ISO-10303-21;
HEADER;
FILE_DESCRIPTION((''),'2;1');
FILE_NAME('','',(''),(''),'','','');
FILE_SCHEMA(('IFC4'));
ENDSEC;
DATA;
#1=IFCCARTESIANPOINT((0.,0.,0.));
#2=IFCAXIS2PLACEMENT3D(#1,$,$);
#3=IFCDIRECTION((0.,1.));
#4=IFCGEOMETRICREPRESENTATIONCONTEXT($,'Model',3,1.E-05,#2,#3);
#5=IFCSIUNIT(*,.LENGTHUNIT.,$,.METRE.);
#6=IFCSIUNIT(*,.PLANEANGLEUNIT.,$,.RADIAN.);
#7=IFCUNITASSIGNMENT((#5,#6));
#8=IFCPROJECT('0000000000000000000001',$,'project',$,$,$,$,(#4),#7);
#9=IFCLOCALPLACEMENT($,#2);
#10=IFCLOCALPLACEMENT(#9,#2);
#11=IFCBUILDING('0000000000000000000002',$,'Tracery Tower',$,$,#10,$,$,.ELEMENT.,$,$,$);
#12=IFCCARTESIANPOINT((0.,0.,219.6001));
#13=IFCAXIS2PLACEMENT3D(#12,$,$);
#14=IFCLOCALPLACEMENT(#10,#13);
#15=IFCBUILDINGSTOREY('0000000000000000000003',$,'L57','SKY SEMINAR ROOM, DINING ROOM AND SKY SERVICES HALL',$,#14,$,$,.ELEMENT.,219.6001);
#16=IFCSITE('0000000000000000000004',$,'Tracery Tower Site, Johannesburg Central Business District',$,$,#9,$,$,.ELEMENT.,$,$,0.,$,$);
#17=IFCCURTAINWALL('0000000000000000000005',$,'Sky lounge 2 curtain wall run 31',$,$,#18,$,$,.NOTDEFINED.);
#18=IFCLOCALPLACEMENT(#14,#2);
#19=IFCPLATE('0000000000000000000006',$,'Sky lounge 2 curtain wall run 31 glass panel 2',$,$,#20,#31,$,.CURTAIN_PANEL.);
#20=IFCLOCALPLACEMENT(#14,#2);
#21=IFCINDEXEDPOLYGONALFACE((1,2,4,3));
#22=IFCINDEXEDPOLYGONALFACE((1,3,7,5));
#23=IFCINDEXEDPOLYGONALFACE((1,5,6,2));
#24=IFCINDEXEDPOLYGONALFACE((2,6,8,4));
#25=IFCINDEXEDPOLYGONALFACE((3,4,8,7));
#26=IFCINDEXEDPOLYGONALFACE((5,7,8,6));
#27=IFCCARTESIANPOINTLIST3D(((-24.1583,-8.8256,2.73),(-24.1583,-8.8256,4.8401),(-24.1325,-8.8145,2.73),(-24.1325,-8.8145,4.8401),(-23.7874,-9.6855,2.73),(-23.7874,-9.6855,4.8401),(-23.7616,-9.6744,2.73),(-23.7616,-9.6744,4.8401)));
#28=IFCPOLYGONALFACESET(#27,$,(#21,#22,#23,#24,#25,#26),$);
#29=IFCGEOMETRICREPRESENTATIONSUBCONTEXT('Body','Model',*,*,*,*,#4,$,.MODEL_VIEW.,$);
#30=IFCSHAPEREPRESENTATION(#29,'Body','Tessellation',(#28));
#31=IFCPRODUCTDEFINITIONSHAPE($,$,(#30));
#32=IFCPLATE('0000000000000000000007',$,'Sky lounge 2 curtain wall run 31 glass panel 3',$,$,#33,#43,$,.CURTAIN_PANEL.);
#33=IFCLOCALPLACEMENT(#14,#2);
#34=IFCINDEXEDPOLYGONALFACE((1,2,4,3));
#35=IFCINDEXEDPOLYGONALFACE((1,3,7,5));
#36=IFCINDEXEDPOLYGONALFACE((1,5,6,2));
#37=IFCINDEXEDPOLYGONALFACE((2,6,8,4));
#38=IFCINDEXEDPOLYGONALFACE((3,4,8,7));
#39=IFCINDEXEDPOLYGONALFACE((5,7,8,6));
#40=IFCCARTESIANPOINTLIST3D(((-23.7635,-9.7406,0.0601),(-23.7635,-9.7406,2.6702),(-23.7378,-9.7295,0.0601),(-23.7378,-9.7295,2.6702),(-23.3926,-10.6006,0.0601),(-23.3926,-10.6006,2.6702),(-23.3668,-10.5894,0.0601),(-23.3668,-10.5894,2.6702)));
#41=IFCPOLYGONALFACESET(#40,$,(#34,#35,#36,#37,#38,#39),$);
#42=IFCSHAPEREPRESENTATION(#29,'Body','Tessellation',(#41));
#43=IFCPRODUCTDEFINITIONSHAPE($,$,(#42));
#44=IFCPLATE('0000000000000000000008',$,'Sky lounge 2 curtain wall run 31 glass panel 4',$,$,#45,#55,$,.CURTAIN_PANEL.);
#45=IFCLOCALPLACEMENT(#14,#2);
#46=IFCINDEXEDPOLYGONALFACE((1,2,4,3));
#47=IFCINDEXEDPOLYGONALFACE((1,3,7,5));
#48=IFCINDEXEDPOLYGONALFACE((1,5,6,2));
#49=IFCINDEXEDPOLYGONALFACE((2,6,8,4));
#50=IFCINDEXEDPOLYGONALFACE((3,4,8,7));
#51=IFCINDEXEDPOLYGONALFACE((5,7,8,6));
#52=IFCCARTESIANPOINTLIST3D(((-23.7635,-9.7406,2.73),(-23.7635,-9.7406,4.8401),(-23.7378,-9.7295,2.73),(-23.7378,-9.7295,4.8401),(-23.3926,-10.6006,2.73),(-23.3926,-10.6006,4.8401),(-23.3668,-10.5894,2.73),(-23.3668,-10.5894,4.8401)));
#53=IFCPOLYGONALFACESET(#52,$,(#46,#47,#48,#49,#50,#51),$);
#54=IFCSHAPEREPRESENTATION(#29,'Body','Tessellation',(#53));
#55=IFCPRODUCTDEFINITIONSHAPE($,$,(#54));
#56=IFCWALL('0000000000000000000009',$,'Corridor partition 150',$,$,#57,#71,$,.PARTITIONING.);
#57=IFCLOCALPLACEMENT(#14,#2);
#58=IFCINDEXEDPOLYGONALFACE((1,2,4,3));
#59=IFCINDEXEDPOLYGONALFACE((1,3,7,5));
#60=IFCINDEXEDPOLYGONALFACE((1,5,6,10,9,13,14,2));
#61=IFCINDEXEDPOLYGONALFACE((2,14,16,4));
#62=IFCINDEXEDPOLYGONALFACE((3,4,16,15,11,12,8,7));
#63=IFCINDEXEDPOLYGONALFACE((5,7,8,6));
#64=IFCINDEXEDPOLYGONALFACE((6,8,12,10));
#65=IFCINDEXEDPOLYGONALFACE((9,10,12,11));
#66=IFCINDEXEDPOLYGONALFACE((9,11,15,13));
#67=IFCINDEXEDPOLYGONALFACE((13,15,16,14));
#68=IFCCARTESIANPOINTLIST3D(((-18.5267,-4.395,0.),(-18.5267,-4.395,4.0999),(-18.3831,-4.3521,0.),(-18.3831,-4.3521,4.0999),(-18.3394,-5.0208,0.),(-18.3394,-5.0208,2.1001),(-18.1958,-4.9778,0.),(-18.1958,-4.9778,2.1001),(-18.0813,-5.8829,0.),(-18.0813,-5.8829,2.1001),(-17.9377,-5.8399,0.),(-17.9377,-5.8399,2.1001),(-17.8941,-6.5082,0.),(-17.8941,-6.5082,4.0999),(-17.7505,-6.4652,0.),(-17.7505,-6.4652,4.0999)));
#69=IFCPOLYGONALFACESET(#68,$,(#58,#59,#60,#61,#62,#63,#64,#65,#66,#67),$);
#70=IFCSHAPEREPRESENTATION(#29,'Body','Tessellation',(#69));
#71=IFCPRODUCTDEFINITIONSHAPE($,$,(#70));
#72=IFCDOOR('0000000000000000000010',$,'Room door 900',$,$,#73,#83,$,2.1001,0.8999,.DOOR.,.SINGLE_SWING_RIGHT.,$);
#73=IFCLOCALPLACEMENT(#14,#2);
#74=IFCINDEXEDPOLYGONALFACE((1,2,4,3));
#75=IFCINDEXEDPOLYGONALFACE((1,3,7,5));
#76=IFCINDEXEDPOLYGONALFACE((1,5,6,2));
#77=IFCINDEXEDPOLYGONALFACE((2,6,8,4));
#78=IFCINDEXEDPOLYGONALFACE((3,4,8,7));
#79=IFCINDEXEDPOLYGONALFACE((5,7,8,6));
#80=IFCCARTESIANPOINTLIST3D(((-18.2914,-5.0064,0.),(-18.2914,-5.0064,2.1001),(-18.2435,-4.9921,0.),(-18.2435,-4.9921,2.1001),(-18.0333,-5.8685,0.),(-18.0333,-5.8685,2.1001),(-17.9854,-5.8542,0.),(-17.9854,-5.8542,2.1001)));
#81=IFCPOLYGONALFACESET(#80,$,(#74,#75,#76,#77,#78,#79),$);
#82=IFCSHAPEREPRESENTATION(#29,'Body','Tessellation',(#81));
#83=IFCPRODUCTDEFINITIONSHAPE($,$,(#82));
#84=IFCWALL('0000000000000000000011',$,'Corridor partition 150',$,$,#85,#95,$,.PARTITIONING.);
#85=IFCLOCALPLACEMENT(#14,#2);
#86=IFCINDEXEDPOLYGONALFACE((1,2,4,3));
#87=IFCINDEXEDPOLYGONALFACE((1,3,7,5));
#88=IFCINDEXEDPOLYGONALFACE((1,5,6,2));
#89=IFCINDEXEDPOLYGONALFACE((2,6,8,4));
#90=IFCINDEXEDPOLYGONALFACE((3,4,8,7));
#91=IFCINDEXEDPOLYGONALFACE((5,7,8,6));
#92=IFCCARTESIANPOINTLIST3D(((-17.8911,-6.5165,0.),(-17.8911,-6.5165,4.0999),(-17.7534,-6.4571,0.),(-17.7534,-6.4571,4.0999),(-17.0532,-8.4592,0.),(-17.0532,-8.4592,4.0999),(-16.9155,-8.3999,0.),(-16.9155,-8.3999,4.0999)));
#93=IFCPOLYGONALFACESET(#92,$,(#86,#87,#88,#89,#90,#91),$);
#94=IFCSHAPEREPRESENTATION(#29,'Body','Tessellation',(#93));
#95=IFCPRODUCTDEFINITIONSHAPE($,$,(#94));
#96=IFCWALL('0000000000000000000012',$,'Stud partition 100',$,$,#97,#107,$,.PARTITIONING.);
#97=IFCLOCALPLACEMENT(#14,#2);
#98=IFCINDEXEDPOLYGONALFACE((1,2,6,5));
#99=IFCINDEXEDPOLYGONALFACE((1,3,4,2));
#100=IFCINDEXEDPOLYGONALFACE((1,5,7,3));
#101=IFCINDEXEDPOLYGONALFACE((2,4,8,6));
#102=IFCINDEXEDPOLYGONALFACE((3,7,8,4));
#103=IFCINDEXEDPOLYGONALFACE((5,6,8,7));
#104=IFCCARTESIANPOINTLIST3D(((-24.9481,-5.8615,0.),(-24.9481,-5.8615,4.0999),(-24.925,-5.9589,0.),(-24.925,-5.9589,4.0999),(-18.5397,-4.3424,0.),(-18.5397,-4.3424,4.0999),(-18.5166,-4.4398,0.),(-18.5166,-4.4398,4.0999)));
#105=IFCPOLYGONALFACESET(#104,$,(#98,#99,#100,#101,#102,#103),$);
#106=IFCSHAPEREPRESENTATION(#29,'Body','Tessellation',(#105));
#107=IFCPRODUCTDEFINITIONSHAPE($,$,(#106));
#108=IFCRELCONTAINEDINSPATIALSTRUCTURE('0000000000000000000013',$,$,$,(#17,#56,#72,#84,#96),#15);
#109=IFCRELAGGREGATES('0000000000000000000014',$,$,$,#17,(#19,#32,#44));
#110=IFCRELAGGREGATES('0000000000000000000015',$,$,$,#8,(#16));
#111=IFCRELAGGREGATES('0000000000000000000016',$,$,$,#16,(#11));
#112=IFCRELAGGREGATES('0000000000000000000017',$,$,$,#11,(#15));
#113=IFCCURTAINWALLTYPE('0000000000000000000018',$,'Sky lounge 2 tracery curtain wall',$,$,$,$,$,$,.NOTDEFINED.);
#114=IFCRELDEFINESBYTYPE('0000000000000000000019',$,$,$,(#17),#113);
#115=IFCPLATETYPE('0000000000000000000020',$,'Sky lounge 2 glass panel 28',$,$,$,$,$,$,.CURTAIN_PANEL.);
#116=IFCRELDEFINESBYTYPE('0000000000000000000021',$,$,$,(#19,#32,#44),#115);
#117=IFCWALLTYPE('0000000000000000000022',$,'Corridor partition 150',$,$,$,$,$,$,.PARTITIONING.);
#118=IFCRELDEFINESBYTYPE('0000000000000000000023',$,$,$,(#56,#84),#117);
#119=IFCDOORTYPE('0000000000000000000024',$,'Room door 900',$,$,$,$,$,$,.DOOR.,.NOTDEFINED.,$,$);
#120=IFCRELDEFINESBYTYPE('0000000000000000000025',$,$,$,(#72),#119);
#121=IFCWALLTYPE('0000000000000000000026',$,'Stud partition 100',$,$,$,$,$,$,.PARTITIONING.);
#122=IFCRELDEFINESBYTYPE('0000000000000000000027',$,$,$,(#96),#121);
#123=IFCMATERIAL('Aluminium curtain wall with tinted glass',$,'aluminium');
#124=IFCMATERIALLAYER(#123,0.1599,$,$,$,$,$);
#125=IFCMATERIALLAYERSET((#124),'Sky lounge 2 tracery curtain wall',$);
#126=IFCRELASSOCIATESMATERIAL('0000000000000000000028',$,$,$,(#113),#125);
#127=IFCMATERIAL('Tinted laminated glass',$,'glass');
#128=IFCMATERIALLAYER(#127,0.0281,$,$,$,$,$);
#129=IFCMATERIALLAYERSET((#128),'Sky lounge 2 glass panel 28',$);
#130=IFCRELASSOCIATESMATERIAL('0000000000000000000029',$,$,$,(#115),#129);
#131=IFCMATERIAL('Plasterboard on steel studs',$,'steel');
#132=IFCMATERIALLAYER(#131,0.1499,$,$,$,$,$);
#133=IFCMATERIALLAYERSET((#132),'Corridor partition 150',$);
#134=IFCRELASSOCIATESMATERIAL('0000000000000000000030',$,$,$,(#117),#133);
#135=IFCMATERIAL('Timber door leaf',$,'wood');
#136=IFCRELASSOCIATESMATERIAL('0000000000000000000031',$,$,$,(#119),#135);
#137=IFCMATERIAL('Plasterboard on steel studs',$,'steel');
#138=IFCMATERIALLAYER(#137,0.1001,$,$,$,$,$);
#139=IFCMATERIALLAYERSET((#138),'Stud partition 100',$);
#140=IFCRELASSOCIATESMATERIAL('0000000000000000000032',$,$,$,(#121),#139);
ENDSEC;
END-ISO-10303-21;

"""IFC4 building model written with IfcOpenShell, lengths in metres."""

from ifc_helpers import new_model, si_unit, direction, frame, frame_2d, origin, origin_2d, place, context, subcontext, project, spatial, rectangle, extrude, material, layer, layer_set, type_object, element, fill, aggregate, save


model = new_model("IFC4")

# Units and contexts
model_context = context("Model", 3, precision=1e-05, world=origin(), true_north=direction((0.0, 1.0)))
body_context = subcontext(model_context, "Body", "Model", "MODEL_VIEW")
ifc_project = project(units=[si_unit("LENGTHUNIT", "METRE"), si_unit("PLANEANGLEUNIT", "RADIAN")], contexts=[model_context])

# Site, building, storey
site_placement = place(None, origin())
site = spatial("IfcSite", under=ifc_project, at=site_placement, Name="Tracery Tower Site, Johannesburg Central Business District", CompositionType="ELEMENT", RefElevation=0.0)
building_placement = place(site_placement, origin())
building = spatial("IfcBuilding", under=site, at=building_placement, Name="Tracery Tower", CompositionType="ELEMENT")
storey_placement = place(building_placement, frame((0.0, 0.0, 219.6001)))
storey = spatial("IfcBuildingStorey", under=building, at=storey_placement, Name="L57", Description="SKY SEMINAR ROOM, DINING ROOM AND SKY SERVICES HALL", CompositionType="ELEMENT", Elevation=219.6001)

# Curtain wall
ifc_material_1 = material(Name="Aluminium curtain wall with tinted glass", Category="aluminium")
ifc_layer_1 = layer(ifc_material_1, 0.1599)
ifc_layer_set_1 = layer_set([ifc_layer_1], Name="Sky lounge 2 tracery curtain wall")
curtain_wall_type = type_object("IfcCurtainWallType", Name="Sky lounge 2 tracery curtain wall", PredefinedType="NOTDEFINED", material=ifc_layer_set_1)
curtain_wall_1_placement = place(storey_placement, origin())
curtain_wall_1 = element("IfcCurtainWall", 1, at=curtain_wall_1_placement, inside=storey, type_object=curtain_wall_type, Name="Sky lounge 2 curtain wall run 31", PredefinedType="NOTDEFINED")

# Plates
ifc_material_2 = material(Name="Tinted laminated glass", Category="glass")
ifc_layer_2 = layer(ifc_material_2, 0.0281)
ifc_layer_set_2 = layer_set([ifc_layer_2], Name="Sky lounge 2 glass panel 28")
plate_type = type_object("IfcPlateType", Name="Sky lounge 2 glass panel 28", PredefinedType="CURTAIN_PANEL", material=ifc_layer_set_2)
plate_1_placement = place(storey_placement, frame((-23.96, -9.25, 2.73), z_axis=(0.0, 0.0, 1.0), x_axis=(0.39608, -0.918216, 0.0)))
plate_1 = element("IfcPlate", 2, at=plate_1_placement, type_object=plate_type, Name="Sky lounge 2 curtain wall run 31 glass panel 2", PredefinedType="CURTAIN_PANEL", context=body_context, shape_type="SweptSolid", body=[
    extrude(rectangle(XDim=0.9365, YDim=0.0281, at=origin_2d()), origin(), (0.0, 0.0, 1.0), 2.1101),
])
plate_2_placement = place(storey_placement, frame((-23.5652, -10.165, 0.0601), z_axis=(0.0, 0.0, 1.0), x_axis=(0.39608, -0.918216, 0.0)))
plate_2 = element("IfcPlate", 3, at=plate_2_placement, type_object=plate_type, Name="Sky lounge 2 curtain wall run 31 glass panel 3", PredefinedType="CURTAIN_PANEL", context=body_context, shape_type="SweptSolid", body=[
    extrude(rectangle(XDim=0.9365, YDim=0.0281, at=origin_2d()), origin(), (0.0, 0.0, 1.0), 2.6101),
])
plate_3_placement = place(storey_placement, frame((-23.5652, -10.165, 2.73), z_axis=(0.0, 0.0, 1.0), x_axis=(0.39608, -0.918216, 0.0)))
plate_3 = element("IfcPlate", 4, at=plate_3_placement, type_object=plate_type, Name="Sky lounge 2 curtain wall run 31 glass panel 4", PredefinedType="CURTAIN_PANEL", context=body_context, shape_type="SweptSolid", body=[
    extrude(rectangle(XDim=0.9365, YDim=0.0281, at=origin_2d()), origin(), (0.0, 0.0, 1.0), 2.1101),
])
aggregate(curtain_wall_1, [plate_1, plate_2, plate_3])

# Wall, opening, door
ifc_material_3 = material(Name="Plasterboard on steel studs", Category="steel")
ifc_layer_3 = layer(ifc_material_3, 0.1499)
ifc_layer_set_3 = layer_set([ifc_layer_3], Name="Corridor partition 150")
wall_type_1 = type_object("IfcWallType", Name="Corridor partition 150", PredefinedType="PARTITIONING", material=ifc_layer_set_3)
wall_1_placement = place(storey_placement, frame((-17.8223, -6.4868, 0.0), z_axis=(0.0, 0.0, 1.0), x_axis=(-0.286789, 0.957994, 0.0)))
wall_1 = element("IfcWall", 5, at=wall_1_placement, inside=storey, type_object=wall_type_1, Name="Corridor partition 150", PredefinedType="PARTITIONING", context=body_context, shape_type="SweptSolid", body=[
    extrude(rectangle(XDim=2.2058, YDim=0.1499, at=frame_2d((1.103, 0.0))), origin(), (0.0, 0.0, 1.0), 4.0999),
])
opening_placement = place(wall_1_placement, frame((0.6528, 0.0, 0.0)))
opening = element("IfcOpeningElement", 6, at=opening_placement, cuts=wall_1, PredefinedType="OPENING", context=body_context, shape_type="SweptSolid", body=[
    extrude(rectangle(XDim=0.8999, YDim=2.1001, at=frame_2d((0.45, 1.05))), frame((0.0, 0.075, 0.0), z_axis=(0.0, -1.0, 0.0), x_axis=(1.0, 0.0, 0.0)), (0.0, 0.0, 1.0), 0.1499),
])
ifc_material_4 = material(Name="Timber door leaf", Category="wood")
door_type = type_object("IfcDoorType", Name="Room door 900", OperationType="NOTDEFINED", PredefinedType="DOOR", material=ifc_material_4)
door_placement = place(opening_placement, origin())
door = element("IfcDoor", 7, at=door_placement, inside=storey, type_object=door_type, Name="Room door 900", OperationType="SINGLE_SWING_RIGHT", OverallHeight=2.1001, OverallWidth=0.8999, PredefinedType="DOOR", context=body_context, shape_type="SweptSolid", body=[
    extrude(rectangle(XDim=0.8999, YDim=2.1001, at=frame_2d((0.45, 1.05))), frame((0.0, 0.0249, 0.0), z_axis=(0.0, -1.0, 0.0), x_axis=(1.0, 0.0, 0.0)), (0.0, 0.0, 1.0), 0.05),
])
fill(opening, door)

# Walls
wall_2_placement = place(storey_placement, frame((-17.8223, -6.4868, 0.0), z_axis=(0.0, 0.0, 1.0), x_axis=(0.396049, -0.918229, 0.0)))
element("IfcWall", 8, at=wall_2_placement, inside=storey, type_object=wall_type_1, Name="Corridor partition 150", PredefinedType="PARTITIONING", context=body_context, shape_type="SweptSolid", body=[
    extrude(rectangle(XDim=2.1157, YDim=0.1499, at=frame_2d((1.0579, 0.0))), origin(), (0.0, 0.0, 1.0), 4.0999),
])
ifc_material_5 = material(Name="Plasterboard on steel studs", Category="steel")
ifc_layer_4 = layer(ifc_material_5, 0.1001)
ifc_layer_set_4 = layer_set([ifc_layer_4], Name="Stud partition 100")
wall_type_2 = type_object("IfcWallType", Name="Stud partition 100", PredefinedType="PARTITIONING", material=ifc_layer_set_4)
wall_3_placement = place(storey_placement, frame((-24.9365, -5.9102, 0.0), z_axis=(0.0, 0.0, 1.0), x_axis=(0.973038, 0.230647, 0.0)))
element("IfcWall", 9, at=wall_3_placement, inside=storey, type_object=wall_type_2, Name="Stud partition 100", PredefinedType="PARTITIONING", context=body_context, shape_type="SweptSolid", body=[
    extrude(rectangle(XDim=6.5859, YDim=0.1001, at=frame_2d((3.293, 0.0))), origin(), (0.0, 0.0, 1.0), 4.0999),
])

save(model, "model.ifc")
